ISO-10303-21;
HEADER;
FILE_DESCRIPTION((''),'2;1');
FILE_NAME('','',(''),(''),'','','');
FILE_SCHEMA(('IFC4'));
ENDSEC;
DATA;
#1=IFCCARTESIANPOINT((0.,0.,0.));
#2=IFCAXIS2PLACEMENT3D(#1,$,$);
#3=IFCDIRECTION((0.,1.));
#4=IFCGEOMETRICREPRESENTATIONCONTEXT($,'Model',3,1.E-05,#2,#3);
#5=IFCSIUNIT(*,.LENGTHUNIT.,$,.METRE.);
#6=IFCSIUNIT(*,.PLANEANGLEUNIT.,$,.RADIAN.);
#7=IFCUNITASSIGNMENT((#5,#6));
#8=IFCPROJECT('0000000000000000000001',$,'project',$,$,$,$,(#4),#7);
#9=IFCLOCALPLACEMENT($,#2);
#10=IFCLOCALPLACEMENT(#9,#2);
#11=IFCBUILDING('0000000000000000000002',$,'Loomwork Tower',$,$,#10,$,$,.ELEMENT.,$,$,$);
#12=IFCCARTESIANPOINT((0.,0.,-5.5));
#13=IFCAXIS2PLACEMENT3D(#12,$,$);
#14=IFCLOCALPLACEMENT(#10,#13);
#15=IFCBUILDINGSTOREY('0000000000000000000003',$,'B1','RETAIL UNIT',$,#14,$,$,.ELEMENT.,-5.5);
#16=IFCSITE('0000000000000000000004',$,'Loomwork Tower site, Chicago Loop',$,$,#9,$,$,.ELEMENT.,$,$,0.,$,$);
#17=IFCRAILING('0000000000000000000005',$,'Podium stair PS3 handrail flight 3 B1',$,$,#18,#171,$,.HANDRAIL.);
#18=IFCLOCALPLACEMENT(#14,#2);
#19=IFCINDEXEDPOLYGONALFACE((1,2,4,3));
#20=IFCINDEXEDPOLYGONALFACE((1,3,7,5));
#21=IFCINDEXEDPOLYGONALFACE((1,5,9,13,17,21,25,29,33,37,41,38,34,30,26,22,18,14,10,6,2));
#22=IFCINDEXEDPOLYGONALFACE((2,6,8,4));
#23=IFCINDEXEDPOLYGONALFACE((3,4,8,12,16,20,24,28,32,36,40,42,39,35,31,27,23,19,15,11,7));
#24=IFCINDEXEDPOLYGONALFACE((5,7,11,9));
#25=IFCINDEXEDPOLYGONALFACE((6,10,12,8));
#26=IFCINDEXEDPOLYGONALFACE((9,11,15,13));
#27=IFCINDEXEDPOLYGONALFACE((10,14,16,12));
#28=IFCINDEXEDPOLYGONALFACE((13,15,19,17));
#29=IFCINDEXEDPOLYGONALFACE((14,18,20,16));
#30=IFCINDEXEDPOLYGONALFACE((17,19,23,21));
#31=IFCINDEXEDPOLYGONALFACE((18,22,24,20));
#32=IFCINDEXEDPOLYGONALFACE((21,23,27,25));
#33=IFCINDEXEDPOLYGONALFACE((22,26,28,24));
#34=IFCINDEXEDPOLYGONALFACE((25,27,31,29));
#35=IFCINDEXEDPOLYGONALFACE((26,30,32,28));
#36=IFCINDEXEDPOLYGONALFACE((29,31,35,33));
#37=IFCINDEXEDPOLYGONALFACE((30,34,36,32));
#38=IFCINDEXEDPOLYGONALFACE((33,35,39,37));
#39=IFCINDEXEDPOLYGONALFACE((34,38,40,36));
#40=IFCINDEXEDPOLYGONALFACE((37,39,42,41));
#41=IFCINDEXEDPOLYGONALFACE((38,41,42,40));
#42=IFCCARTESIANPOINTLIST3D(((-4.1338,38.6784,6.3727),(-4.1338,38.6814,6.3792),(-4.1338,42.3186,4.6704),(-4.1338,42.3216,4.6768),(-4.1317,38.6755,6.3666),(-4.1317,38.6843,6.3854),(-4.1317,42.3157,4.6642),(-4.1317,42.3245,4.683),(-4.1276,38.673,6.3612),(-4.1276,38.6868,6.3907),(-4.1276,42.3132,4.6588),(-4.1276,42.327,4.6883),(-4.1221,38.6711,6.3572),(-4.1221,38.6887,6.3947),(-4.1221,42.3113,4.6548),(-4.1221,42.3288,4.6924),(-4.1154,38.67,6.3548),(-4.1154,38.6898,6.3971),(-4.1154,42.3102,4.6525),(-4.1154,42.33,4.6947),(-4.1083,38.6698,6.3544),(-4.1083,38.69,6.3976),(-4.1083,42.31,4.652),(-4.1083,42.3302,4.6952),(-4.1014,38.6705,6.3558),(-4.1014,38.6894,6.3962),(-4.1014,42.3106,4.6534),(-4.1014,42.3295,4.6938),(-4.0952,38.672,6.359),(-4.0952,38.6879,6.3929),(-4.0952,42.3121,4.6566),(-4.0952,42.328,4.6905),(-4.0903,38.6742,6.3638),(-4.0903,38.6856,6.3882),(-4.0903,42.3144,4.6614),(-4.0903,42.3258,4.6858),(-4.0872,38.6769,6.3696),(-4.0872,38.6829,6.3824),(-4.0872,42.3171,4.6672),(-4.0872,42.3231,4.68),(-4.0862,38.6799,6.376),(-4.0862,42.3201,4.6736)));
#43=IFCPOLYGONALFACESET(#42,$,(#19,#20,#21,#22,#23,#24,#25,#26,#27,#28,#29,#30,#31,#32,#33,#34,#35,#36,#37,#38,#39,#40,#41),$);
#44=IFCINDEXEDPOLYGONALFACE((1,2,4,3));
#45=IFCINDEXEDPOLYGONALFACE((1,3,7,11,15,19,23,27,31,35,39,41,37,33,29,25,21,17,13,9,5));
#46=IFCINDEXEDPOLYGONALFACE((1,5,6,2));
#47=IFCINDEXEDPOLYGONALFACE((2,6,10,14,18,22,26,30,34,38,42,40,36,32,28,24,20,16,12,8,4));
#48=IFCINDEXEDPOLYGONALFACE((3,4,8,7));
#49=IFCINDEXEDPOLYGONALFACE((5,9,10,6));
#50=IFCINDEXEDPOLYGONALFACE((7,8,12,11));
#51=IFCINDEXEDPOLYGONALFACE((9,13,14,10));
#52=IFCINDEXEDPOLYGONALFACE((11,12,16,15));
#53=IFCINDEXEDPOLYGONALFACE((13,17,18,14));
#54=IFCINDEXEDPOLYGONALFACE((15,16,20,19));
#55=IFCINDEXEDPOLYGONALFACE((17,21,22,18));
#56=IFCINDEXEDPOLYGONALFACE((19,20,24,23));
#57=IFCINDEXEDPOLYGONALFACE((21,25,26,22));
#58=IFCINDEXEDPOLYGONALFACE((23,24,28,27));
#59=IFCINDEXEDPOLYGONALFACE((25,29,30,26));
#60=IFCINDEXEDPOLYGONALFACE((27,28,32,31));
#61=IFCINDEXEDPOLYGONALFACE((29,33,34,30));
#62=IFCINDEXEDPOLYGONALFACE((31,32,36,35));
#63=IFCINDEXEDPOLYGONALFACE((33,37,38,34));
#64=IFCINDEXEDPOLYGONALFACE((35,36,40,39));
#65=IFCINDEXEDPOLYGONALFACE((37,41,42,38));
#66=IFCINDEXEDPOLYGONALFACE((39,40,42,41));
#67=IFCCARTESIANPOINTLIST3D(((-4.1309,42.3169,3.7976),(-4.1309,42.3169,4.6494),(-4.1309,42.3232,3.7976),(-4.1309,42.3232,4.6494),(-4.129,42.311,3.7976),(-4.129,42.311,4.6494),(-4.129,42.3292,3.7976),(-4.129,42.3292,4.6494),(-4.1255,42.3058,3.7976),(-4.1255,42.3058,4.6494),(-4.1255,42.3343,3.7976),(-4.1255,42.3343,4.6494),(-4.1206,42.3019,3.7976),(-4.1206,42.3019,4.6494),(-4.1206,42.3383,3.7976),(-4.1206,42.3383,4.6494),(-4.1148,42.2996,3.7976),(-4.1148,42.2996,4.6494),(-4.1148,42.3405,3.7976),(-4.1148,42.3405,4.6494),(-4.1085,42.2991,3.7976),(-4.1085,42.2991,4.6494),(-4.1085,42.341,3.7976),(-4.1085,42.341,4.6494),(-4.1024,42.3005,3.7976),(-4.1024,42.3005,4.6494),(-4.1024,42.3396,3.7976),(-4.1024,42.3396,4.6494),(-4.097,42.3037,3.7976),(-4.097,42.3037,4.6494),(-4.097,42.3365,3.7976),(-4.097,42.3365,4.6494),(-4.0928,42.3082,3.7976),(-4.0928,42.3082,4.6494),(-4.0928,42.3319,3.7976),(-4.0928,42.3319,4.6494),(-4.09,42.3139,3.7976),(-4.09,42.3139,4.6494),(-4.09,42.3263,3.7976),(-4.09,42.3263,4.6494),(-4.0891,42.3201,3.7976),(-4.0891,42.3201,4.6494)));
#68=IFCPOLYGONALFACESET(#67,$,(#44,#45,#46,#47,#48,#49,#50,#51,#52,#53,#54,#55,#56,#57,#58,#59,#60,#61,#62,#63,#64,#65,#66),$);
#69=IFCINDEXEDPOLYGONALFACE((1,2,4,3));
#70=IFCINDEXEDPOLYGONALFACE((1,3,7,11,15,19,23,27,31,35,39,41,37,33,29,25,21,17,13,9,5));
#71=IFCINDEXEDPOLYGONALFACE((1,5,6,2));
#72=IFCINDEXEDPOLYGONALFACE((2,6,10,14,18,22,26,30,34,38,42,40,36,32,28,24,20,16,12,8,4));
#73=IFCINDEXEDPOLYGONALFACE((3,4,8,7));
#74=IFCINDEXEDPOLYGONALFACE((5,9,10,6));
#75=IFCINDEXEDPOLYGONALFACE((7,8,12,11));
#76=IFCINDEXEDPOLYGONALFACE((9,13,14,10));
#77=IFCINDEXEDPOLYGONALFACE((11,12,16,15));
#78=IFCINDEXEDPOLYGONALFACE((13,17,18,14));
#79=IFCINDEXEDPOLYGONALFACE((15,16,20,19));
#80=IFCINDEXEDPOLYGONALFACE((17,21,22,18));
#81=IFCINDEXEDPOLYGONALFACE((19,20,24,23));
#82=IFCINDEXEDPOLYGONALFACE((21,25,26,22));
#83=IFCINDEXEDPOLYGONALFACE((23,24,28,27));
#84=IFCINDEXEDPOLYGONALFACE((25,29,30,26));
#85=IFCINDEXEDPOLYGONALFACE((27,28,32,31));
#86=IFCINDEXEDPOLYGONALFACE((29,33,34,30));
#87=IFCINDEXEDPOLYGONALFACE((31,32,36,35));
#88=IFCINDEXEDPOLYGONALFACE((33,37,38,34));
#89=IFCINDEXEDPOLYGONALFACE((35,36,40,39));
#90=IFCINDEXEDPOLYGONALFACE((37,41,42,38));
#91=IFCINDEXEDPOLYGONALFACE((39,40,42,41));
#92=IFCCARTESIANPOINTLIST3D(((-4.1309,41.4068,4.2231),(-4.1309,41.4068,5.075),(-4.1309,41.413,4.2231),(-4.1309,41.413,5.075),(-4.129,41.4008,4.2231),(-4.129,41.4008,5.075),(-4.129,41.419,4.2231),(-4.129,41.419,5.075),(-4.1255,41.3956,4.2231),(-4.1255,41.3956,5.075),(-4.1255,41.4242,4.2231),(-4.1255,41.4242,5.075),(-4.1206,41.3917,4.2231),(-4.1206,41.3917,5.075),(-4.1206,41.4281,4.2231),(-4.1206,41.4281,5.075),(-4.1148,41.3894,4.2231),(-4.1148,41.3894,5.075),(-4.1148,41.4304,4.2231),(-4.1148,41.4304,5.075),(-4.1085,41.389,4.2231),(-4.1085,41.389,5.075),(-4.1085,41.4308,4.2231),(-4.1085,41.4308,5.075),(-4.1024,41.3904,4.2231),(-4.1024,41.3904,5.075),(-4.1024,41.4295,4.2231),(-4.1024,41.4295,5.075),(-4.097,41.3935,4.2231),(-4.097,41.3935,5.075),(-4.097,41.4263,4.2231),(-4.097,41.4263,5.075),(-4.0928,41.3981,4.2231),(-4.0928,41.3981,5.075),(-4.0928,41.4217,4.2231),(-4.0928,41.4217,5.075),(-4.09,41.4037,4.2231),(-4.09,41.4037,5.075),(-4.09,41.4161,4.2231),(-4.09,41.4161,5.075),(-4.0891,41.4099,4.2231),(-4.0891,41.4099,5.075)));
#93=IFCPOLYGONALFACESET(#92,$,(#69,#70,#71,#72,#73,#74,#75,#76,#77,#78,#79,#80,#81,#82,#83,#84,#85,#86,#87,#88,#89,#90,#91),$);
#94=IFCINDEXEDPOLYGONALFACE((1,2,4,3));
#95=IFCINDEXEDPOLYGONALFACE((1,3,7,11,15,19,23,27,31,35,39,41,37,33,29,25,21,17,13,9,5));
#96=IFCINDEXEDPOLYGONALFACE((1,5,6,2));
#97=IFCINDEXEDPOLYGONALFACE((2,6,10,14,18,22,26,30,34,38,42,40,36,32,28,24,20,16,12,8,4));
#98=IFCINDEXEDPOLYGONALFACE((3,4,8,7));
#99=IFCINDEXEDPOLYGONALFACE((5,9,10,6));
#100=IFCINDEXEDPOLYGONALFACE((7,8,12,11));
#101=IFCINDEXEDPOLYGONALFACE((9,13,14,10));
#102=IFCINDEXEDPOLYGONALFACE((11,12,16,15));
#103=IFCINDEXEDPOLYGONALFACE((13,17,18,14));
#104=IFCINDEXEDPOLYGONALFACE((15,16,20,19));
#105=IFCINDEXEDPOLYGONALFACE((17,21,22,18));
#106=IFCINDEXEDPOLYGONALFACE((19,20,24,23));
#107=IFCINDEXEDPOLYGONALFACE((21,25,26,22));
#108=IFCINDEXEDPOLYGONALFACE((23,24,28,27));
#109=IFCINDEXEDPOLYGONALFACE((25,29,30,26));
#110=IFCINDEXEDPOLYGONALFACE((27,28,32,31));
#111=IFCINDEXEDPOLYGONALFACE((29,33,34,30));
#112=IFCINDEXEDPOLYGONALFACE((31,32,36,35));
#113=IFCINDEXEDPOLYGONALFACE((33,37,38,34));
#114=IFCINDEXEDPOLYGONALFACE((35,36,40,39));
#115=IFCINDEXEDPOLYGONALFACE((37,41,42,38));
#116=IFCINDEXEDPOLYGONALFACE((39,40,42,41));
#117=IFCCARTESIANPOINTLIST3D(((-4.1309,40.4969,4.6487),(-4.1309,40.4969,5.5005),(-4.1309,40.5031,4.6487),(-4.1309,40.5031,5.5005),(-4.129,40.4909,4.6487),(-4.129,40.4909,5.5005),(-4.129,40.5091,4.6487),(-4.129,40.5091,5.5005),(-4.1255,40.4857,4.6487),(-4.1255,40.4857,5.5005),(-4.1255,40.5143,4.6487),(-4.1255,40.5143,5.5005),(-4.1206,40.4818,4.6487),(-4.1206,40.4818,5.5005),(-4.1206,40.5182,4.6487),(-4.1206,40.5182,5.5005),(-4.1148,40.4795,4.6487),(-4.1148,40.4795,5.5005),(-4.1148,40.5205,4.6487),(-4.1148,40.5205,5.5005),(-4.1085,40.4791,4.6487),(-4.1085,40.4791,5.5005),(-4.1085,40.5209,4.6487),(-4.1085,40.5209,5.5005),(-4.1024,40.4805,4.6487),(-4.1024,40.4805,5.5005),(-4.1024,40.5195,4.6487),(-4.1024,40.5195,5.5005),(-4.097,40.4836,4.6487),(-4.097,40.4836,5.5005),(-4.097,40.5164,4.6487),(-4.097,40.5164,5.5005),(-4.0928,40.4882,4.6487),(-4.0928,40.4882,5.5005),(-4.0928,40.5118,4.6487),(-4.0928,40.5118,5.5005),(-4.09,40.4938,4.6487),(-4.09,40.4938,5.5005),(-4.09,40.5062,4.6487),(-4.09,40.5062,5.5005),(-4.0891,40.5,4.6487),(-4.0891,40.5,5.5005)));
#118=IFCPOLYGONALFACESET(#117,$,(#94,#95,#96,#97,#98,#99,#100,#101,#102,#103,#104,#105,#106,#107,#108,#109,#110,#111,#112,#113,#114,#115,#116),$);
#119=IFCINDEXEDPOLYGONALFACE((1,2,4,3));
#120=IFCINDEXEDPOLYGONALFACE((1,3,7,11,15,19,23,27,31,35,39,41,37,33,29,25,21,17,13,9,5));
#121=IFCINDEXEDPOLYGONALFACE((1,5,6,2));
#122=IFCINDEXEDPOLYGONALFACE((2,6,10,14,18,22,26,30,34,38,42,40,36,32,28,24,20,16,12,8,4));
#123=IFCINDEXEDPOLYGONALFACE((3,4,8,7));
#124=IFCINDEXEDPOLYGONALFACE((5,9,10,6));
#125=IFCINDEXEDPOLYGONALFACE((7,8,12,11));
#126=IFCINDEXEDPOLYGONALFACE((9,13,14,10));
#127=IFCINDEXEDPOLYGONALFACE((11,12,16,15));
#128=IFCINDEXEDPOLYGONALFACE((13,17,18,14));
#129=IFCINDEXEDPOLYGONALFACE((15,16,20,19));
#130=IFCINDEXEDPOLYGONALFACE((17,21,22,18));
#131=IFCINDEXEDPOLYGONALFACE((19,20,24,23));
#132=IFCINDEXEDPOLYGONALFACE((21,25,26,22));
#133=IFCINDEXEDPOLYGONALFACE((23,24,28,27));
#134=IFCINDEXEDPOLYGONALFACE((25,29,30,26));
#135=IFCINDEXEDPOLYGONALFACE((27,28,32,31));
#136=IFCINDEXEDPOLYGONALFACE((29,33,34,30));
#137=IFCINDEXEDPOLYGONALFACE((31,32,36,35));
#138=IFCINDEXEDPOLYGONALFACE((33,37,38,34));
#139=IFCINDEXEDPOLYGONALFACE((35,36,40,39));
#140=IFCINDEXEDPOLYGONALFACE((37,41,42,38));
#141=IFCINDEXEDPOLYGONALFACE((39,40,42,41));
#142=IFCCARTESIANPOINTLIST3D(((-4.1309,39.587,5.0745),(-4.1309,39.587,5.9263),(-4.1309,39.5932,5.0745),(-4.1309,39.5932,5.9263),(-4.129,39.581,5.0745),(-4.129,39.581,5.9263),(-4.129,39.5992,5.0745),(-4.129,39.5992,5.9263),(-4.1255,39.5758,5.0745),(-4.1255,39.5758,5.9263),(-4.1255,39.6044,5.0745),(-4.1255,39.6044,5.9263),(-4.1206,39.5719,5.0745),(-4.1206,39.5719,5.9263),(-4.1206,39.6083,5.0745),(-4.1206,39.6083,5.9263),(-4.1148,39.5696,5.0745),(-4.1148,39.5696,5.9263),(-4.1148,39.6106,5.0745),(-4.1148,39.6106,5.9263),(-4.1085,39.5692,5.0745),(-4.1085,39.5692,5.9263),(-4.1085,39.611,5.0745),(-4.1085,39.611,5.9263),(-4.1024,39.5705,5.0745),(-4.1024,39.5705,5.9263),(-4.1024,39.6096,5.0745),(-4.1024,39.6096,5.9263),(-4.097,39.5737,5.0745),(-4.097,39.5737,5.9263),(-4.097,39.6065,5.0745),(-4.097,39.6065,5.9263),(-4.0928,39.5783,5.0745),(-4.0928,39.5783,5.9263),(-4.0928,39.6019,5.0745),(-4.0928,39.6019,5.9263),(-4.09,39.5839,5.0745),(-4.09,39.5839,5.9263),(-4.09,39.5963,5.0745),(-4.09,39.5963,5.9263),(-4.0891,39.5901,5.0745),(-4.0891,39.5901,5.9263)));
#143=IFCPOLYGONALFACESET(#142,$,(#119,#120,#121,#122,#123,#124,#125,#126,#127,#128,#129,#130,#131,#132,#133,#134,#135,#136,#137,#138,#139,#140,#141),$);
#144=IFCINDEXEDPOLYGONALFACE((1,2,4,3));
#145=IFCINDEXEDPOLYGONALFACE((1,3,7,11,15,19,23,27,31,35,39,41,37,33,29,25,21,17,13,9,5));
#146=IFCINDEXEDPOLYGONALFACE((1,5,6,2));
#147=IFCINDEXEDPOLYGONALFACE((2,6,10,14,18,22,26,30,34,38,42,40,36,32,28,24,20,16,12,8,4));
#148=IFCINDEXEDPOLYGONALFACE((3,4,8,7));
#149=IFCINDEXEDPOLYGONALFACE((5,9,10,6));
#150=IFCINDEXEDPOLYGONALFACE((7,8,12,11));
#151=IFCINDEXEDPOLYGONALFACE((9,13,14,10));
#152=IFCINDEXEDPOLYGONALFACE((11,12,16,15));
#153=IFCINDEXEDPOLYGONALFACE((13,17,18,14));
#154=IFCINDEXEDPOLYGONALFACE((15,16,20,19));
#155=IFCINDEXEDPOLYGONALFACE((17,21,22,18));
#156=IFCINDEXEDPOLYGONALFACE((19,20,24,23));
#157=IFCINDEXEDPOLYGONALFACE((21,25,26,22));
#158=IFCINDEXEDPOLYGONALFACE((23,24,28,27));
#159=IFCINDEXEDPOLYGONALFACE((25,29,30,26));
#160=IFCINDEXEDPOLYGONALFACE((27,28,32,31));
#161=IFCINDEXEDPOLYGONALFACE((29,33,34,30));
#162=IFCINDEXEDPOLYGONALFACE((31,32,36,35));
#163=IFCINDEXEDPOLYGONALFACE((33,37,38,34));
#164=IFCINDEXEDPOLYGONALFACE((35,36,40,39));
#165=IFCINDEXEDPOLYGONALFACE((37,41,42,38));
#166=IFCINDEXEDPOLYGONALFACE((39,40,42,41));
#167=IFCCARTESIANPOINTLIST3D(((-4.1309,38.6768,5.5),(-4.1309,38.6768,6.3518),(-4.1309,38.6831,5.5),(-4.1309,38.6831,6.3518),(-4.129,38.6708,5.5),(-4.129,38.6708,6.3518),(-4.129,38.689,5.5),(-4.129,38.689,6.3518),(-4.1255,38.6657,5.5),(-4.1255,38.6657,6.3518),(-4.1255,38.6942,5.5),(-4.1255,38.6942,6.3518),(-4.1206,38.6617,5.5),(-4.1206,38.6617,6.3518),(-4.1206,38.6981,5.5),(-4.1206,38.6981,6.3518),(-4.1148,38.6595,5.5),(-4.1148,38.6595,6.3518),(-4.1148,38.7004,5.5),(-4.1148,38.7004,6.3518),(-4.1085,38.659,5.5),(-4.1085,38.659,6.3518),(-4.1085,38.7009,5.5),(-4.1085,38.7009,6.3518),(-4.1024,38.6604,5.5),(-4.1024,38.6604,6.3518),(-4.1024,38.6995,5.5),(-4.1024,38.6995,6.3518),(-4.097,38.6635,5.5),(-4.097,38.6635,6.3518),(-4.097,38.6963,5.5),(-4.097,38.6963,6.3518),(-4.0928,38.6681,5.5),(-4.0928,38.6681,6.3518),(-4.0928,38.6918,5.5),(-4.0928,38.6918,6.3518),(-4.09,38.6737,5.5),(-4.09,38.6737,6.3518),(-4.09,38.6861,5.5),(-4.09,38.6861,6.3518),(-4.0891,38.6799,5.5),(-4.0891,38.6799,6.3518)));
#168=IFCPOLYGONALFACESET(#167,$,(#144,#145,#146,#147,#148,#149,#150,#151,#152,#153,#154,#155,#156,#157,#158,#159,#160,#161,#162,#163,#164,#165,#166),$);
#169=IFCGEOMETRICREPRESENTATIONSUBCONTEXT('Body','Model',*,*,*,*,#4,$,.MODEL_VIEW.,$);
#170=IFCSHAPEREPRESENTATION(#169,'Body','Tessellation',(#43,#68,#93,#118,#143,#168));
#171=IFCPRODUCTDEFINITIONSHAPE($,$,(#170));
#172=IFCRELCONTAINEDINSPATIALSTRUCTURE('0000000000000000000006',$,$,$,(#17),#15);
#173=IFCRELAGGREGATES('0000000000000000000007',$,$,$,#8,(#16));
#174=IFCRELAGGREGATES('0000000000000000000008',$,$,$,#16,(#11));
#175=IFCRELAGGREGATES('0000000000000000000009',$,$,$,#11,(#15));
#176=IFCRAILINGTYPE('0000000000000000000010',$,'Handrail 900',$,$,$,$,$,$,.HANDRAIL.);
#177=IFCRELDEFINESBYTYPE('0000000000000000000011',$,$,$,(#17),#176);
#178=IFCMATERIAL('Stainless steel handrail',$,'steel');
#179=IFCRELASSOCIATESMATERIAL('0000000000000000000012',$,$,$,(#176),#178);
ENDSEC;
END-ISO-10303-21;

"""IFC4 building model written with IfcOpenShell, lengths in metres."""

from ifc_helpers import new_model, si_unit, direction, frame, origin, origin_2d, place, context, subcontext, project, spatial, circle, extrude, material, type_object, element, save


model = new_model("IFC4")

# Units and contexts
model_context = context("Model", 3, precision=1e-05, world=origin(), true_north=direction((0.0, 1.0)))
body_context = subcontext(model_context, "Body", "Model", "MODEL_VIEW")
ifc_project = project(units=[si_unit("LENGTHUNIT", "METRE"), si_unit("PLANEANGLEUNIT", "RADIAN")], contexts=[model_context])

# Site, building, storey
site_placement = place(None, origin())
site = spatial("IfcSite", under=ifc_project, at=site_placement, Name="Loomwork Tower site, Chicago Loop", CompositionType="ELEMENT", RefElevation=0.0)
building_placement = place(site_placement, origin())
building = spatial("IfcBuilding", under=site, at=building_placement, Name="Loomwork Tower", CompositionType="ELEMENT")
storey_placement = place(building_placement, frame((0.0, 0.0, -5.5)))
storey = spatial("IfcBuildingStorey", under=building, at=storey_placement, Name="B1", Description="RETAIL UNIT", CompositionType="ELEMENT", Elevation=-5.5)

# Railing
ifc_material_1 = material(Name="Stainless steel handrail", Category="steel")
railing_type = type_object("IfcRailingType", Name="Handrail 900", PredefinedType="HANDRAIL", material=ifc_material_1)
railing_1_placement = place(storey_placement, frame((-4.1101, 42.3201, 3.7976)))
element("IfcRailing", 1, at=railing_1_placement, inside=storey, type_object=railing_type, Name="Podium stair PS3 handrail flight 3 B1", PredefinedType="HANDRAIL", context=body_context, shape_type="SweptSolid", body=[
    extrude(circle(Radius=0.0239, at=origin_2d()), frame((0.0, 0.0, 0.876), z_axis=(0.0, -0.905834, 0.423634), x_axis=(1.0, 0.0, 0.0)), (0.0, 0.0, 1.0), 4.0186),
    extrude(circle(Radius=0.021, at=origin_2d()), origin(), (0.0, 0.0, 1.0), 0.8518),
    extrude(circle(Radius=0.021, at=origin_2d()), frame((0.0, -0.9102, 0.4255)), (0.0, 0.0, 1.0), 0.8518),
    extrude(circle(Radius=0.021, at=origin_2d()), frame((0.0, -1.8201, 0.8511)), (0.0, 0.0, 1.0), 0.8518),
    extrude(circle(Radius=0.021, at=origin_2d()), frame((0.0, -2.73, 1.2769)), (0.0, 0.0, 1.0), 0.8518),
    extrude(circle(Radius=0.021, at=origin_2d()), frame((0.0, -3.6401, 1.7024)), (0.0, 0.0, 1.0), 0.8518),
])

save(model, "model.ifc")
